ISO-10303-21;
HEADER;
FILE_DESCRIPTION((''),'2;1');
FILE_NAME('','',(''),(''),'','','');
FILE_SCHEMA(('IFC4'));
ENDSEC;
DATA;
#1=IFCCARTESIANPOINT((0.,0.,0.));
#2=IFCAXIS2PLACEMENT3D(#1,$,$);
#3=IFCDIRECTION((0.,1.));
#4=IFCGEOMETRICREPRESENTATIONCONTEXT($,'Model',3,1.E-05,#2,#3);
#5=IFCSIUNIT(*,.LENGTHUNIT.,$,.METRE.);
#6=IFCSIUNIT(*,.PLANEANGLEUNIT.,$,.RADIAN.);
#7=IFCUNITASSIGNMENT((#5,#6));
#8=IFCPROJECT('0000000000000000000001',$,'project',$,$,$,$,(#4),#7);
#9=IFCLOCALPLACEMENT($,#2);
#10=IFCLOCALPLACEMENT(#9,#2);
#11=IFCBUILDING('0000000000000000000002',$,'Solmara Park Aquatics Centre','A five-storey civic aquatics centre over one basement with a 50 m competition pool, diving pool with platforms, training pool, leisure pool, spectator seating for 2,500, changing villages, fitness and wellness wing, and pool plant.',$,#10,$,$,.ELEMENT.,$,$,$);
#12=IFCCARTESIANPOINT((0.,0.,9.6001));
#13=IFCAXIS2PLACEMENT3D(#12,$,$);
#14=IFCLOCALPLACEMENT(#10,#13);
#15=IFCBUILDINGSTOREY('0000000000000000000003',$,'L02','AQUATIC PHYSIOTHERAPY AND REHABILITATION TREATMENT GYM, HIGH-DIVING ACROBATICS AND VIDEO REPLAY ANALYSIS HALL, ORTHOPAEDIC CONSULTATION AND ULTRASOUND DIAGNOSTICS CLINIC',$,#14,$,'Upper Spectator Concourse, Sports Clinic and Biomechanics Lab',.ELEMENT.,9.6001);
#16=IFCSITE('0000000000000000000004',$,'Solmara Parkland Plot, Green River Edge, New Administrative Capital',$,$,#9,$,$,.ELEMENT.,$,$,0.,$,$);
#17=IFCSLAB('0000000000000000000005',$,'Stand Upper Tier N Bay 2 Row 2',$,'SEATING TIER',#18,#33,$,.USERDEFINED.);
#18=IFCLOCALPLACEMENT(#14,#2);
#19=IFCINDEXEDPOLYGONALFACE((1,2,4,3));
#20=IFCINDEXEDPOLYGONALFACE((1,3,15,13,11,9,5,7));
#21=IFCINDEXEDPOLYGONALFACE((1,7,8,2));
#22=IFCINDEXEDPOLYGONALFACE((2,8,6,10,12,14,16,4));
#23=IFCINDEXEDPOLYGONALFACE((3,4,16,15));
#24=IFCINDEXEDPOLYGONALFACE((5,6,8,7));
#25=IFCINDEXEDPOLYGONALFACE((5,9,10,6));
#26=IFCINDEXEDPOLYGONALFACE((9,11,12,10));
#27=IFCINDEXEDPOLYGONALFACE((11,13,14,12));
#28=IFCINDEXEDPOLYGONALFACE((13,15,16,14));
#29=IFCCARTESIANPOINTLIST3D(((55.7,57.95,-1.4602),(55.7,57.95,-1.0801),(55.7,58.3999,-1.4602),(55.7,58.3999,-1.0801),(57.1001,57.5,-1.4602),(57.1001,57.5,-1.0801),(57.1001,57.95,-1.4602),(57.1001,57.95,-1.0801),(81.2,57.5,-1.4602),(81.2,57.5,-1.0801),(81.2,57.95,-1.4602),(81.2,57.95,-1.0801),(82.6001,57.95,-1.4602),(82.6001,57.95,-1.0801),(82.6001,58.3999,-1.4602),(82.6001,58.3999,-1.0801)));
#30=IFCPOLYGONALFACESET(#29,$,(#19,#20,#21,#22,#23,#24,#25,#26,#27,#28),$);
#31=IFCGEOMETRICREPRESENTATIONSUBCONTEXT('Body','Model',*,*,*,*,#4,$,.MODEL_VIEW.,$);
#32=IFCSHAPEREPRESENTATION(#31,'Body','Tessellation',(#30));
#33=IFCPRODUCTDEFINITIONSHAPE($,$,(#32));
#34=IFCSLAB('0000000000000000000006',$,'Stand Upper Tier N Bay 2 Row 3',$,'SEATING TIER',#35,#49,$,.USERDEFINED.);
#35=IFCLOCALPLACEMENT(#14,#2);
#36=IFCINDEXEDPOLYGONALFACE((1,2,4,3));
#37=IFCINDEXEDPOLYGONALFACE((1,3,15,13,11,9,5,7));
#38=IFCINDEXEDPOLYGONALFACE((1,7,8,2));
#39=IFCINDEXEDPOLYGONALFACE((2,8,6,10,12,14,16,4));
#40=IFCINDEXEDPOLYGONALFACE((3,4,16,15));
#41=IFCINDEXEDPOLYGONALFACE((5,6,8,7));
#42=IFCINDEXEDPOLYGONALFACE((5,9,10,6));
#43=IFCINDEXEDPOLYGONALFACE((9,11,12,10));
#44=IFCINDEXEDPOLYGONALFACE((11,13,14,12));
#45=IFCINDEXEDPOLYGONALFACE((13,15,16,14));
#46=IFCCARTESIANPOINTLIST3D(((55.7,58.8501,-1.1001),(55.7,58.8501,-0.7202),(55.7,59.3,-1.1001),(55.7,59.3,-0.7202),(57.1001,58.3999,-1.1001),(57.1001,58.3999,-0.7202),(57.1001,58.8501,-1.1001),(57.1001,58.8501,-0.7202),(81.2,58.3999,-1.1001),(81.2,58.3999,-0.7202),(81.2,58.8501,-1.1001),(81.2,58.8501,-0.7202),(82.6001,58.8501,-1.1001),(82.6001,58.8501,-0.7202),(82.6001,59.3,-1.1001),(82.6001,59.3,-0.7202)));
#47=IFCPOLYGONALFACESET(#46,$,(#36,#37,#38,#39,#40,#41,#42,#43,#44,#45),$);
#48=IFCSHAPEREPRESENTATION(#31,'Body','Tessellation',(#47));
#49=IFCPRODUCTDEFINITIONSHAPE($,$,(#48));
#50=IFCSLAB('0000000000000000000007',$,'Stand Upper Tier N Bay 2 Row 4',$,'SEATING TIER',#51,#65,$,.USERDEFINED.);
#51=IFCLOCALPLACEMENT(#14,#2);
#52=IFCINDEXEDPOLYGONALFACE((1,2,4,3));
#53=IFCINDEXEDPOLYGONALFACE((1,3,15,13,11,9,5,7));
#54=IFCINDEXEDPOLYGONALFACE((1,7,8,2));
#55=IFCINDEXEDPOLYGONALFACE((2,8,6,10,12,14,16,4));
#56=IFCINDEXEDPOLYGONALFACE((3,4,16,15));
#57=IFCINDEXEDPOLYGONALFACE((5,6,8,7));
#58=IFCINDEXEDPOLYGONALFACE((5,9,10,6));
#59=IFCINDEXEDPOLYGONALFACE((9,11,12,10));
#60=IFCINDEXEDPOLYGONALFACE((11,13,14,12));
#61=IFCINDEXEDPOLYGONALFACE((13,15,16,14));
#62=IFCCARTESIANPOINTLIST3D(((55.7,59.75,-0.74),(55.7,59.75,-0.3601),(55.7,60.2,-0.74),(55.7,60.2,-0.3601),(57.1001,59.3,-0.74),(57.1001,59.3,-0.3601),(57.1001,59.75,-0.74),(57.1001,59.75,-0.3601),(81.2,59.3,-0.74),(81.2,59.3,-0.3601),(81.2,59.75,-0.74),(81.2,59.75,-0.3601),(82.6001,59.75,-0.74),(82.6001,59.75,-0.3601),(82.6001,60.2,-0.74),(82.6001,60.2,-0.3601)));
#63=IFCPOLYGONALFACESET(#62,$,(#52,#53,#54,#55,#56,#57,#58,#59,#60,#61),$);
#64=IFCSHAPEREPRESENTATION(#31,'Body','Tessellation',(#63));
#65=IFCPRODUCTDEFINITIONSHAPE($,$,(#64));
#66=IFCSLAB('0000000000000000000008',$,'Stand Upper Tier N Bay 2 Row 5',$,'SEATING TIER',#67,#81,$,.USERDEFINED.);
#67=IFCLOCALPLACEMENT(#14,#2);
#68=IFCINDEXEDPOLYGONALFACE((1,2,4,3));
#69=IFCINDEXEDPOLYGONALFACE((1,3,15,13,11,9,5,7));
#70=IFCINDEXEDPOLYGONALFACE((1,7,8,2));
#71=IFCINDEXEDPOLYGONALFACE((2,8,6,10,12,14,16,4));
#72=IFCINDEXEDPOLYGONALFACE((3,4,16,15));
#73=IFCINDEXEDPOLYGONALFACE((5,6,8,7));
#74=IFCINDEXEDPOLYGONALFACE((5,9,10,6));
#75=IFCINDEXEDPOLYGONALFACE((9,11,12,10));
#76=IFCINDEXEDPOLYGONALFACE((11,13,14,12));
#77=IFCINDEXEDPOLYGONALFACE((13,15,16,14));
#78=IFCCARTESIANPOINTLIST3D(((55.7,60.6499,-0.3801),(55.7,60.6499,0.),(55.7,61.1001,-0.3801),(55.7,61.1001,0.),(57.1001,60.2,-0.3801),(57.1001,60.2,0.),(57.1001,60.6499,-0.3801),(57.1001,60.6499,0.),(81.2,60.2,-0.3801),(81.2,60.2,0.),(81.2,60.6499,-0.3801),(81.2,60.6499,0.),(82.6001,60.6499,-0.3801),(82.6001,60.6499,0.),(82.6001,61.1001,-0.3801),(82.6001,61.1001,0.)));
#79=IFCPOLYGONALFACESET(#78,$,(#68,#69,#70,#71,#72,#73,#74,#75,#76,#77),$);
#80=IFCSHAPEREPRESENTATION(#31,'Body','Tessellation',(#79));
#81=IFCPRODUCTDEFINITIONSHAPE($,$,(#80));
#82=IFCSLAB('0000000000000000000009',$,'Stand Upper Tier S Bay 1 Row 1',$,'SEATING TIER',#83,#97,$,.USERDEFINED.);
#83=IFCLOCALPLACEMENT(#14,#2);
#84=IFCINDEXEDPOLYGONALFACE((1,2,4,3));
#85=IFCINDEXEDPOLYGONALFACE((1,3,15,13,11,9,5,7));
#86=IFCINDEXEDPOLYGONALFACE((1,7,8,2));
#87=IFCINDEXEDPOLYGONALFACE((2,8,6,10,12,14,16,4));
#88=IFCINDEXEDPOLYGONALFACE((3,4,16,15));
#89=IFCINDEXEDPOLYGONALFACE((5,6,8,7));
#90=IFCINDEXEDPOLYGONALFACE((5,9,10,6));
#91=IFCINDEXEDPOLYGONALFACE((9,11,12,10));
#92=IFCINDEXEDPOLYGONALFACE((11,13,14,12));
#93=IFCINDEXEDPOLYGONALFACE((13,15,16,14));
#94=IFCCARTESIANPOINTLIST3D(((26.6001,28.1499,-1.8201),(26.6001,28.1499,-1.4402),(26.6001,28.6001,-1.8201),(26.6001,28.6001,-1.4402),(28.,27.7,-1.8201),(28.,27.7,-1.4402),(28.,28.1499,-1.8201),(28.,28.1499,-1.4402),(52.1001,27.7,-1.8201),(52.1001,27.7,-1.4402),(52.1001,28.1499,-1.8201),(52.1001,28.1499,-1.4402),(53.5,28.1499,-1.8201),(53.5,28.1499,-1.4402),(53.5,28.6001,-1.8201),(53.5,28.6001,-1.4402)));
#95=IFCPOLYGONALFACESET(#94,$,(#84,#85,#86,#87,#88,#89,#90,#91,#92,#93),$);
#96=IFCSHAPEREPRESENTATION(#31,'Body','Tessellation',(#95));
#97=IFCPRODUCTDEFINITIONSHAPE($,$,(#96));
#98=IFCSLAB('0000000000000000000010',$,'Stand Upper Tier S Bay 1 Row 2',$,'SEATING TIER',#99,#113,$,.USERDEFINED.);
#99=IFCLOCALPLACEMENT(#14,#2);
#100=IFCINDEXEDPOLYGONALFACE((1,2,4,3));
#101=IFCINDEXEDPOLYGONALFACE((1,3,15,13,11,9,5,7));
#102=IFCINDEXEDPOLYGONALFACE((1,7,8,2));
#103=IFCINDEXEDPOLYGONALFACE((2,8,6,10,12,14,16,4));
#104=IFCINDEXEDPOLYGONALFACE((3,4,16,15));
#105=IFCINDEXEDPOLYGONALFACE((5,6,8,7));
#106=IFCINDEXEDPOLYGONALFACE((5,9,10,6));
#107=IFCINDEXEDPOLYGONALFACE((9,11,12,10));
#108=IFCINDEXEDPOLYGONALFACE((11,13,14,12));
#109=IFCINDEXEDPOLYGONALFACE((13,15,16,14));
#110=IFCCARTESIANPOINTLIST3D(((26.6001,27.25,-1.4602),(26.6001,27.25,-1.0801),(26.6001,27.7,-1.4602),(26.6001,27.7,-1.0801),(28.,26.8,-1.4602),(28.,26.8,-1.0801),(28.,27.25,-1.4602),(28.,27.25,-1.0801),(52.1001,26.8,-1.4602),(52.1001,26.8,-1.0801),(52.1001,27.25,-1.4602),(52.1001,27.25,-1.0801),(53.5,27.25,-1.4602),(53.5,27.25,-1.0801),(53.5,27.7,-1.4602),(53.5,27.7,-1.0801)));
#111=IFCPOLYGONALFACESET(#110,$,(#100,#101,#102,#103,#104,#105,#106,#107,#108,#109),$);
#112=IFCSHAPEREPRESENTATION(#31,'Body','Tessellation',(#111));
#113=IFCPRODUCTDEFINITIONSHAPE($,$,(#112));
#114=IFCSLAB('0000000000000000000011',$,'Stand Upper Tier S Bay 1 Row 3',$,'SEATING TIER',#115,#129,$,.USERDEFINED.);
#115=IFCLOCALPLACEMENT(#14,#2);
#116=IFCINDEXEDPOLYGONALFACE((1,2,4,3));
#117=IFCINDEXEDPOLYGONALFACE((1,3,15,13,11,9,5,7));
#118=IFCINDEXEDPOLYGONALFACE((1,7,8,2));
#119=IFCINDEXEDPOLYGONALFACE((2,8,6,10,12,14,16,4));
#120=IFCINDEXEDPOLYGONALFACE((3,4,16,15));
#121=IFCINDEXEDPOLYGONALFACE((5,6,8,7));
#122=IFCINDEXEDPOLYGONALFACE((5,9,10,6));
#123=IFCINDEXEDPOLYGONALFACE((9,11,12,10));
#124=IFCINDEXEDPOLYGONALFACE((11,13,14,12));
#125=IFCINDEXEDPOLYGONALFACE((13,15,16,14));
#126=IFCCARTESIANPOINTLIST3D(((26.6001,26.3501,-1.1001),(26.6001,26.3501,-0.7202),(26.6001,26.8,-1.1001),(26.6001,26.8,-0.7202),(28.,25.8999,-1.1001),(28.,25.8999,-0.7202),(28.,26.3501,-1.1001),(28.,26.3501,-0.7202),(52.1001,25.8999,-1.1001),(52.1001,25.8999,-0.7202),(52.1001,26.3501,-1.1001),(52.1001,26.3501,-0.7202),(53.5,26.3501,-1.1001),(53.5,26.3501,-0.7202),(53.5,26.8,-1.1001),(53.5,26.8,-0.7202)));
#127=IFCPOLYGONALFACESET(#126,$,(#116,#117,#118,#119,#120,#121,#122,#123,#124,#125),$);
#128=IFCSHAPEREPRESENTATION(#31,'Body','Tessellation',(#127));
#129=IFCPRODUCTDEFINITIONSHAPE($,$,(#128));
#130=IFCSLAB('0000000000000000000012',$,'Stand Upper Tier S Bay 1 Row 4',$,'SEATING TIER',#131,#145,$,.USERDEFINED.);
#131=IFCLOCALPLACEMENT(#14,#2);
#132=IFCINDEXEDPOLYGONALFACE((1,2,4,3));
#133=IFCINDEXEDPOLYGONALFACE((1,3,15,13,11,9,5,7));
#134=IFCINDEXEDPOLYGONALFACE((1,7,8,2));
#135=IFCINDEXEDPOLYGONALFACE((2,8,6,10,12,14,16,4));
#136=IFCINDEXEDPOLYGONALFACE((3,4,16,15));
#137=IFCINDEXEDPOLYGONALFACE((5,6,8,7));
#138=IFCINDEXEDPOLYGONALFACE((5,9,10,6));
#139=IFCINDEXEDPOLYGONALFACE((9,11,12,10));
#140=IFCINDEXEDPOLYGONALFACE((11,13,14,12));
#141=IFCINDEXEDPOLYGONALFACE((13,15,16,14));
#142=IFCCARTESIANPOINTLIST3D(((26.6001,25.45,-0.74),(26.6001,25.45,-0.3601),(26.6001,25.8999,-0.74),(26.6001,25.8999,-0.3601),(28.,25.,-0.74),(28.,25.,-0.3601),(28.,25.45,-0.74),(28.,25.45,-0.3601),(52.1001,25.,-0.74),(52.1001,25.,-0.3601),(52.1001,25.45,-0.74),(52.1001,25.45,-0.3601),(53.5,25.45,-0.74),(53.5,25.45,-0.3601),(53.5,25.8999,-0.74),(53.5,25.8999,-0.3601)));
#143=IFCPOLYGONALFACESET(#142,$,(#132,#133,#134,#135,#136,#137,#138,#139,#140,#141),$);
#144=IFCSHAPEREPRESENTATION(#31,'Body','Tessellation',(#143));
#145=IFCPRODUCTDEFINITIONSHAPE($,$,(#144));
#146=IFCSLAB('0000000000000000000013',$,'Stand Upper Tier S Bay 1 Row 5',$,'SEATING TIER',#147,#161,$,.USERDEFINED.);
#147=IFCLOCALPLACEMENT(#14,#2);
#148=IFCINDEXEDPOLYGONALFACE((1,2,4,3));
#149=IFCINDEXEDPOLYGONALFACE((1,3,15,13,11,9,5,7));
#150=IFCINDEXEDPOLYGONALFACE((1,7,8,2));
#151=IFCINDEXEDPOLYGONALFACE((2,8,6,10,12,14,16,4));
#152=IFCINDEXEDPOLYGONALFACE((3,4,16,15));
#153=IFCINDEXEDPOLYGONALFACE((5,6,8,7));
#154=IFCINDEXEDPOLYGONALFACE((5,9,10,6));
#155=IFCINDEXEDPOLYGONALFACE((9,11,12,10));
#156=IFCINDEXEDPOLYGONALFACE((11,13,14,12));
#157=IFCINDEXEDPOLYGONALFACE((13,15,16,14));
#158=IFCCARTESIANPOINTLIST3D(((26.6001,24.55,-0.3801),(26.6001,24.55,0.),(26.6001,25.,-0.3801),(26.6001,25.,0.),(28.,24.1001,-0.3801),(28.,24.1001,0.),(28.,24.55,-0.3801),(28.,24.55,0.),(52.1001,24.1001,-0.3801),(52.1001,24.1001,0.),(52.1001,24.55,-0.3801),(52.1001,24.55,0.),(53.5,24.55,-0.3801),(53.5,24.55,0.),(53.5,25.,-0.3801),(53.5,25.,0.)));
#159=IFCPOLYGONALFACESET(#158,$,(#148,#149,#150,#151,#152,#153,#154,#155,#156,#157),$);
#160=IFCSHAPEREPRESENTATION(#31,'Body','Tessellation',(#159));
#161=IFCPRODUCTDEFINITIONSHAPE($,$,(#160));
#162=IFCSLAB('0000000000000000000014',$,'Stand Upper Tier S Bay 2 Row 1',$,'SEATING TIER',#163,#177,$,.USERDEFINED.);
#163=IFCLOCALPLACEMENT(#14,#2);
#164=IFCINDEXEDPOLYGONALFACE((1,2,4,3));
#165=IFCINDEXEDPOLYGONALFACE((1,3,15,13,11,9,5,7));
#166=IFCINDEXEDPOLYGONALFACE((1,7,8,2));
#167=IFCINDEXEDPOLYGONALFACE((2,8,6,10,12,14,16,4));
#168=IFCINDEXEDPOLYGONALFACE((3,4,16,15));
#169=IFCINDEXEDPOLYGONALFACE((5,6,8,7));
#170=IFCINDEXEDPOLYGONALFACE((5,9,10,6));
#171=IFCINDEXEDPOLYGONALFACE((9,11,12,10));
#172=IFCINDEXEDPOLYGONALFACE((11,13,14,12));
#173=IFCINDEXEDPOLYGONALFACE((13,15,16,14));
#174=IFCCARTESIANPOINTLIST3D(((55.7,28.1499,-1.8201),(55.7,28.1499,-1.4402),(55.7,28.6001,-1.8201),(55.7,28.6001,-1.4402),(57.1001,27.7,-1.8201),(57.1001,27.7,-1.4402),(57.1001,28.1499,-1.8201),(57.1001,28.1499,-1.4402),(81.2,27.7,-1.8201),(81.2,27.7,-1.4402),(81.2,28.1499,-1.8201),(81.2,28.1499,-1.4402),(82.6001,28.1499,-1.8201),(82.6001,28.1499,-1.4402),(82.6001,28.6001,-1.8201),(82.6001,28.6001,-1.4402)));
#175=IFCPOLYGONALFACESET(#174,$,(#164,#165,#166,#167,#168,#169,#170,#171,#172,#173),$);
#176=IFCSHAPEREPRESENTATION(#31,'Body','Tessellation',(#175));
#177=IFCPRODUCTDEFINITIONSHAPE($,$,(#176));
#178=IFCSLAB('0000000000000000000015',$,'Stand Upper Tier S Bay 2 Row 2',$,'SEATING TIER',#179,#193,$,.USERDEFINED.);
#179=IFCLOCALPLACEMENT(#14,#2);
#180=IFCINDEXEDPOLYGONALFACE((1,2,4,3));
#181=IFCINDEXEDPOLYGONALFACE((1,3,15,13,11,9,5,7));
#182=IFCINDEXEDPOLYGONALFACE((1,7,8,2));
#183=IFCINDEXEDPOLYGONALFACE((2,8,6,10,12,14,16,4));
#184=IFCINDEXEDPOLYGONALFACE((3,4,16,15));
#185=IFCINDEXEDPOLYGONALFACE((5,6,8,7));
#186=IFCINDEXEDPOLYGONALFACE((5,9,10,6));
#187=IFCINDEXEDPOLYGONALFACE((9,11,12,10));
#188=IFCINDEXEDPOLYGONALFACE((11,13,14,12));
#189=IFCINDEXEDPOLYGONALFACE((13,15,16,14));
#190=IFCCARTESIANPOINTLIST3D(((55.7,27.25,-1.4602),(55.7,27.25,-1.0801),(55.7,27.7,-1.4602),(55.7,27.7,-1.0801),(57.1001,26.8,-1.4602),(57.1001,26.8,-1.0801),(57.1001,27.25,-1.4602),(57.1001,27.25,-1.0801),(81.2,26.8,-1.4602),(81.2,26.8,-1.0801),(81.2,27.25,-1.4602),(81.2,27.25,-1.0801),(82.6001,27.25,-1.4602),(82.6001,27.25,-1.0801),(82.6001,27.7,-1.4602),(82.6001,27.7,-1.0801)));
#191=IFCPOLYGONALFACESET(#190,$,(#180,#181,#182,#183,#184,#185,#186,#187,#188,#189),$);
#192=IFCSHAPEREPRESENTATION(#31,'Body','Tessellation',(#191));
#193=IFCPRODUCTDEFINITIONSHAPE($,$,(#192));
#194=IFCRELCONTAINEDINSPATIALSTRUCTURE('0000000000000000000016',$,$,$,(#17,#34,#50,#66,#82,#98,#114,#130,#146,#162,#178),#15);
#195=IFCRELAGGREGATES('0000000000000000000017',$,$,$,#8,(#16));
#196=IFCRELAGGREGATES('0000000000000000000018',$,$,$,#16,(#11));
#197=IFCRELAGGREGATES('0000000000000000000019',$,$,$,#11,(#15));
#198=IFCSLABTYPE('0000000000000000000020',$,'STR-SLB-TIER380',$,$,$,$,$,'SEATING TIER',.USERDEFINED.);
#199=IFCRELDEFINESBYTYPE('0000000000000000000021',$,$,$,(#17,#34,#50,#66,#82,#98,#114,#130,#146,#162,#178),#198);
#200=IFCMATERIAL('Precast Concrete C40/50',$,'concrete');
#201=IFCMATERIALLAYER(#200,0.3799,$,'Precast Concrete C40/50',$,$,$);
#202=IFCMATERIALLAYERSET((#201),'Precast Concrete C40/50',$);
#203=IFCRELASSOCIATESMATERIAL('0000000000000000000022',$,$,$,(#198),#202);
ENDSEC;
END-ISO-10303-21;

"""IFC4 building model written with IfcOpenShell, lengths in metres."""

from ifc_helpers import new_model, si_unit, direction, frame, origin, place, context, subcontext, project, spatial, polyline, outline, extrude, material, layer, layer_set, type_object, element, save


model = new_model("IFC4")

# Units and contexts
model_context = context("Model", 3, precision=1e-05, world=origin(), true_north=direction((0.0, 1.0)))
body_context = subcontext(model_context, "Body", "Model", "MODEL_VIEW")
ifc_project = project(units=[si_unit("LENGTHUNIT", "METRE"), si_unit("PLANEANGLEUNIT", "RADIAN")], contexts=[model_context])

# Site, building, storey
site_placement = place(None, origin())
site = spatial("IfcSite", under=ifc_project, at=site_placement, Name="Solmara Parkland Plot, Green River Edge, New Administrative Capital", CompositionType="ELEMENT", RefElevation=0.0)
building_placement = place(site_placement, origin())
building = spatial("IfcBuilding", under=site, at=building_placement, Name="Solmara Park Aquatics Centre", Description="A five-storey civic aquatics centre over one basement with a 50 m competition pool, diving pool with platforms, training pool, leisure pool, spectator seating for 2,500, changing villages, fitness and wellness wing, and pool plant.", CompositionType="ELEMENT")
storey_placement = place(building_placement, frame((0.0, 0.0, 9.6001)))
storey = spatial("IfcBuildingStorey", under=building, at=storey_placement, Name="L02", Description="AQUATIC PHYSIOTHERAPY AND REHABILITATION TREATMENT GYM, HIGH-DIVING ACROBATICS AND VIDEO REPLAY ANALYSIS HALL, ORTHOPAEDIC CONSULTATION AND ULTRASOUND DIAGNOSTICS CLINIC", LongName="Upper Spectator Concourse, Sports Clinic and Biomechanics Lab", CompositionType="ELEMENT", Elevation=9.6001)

# Slabs
ifc_material_1 = material(Name="Precast Concrete C40/50", Category="concrete")
ifc_layer_1 = layer(ifc_material_1, 0.3799, Name="Precast Concrete C40/50")
ifc_layer_set_1 = layer_set([ifc_layer_1], Name="Precast Concrete C40/50")
slab_type_1 = type_object("IfcSlabType", Name="STR-SLB-TIER380", ElementType="SEATING TIER", PredefinedType="USERDEFINED", material=ifc_layer_set_1)
slab_1_placement = place(storey_placement, frame((0.0, 0.0, -1.4602)))
element("IfcSlab", 1, at=slab_1_placement, inside=storey, type_object=slab_type_1, Name="Stand Upper Tier N Bay 2 Row 2", ObjectType="SEATING TIER", PredefinedType="USERDEFINED", context=body_context, shape_type="SweptSolid", body=[
    extrude(outline(polyline([(57.1001, 57.5), (81.2, 57.5), (81.2, 57.95), (82.6001, 57.95), (82.6001, 58.3999), (55.7, 58.3999), (55.7, 57.95), (57.1001, 57.95), (57.1001, 57.5)])), origin(), (0.0, 0.0, 1.0), 0.3801),
])
slab_2_placement = place(storey_placement, frame((0.0, 0.0, -1.1001)))
element("IfcSlab", 2, at=slab_2_placement, inside=storey, type_object=slab_type_1, Name="Stand Upper Tier N Bay 2 Row 3", ObjectType="SEATING TIER", PredefinedType="USERDEFINED", context=body_context, shape_type="SweptSolid", body=[
    extrude(outline(polyline([(57.1001, 58.3999), (81.2, 58.3999), (81.2, 58.8501), (82.6001, 58.8501), (82.6001, 59.3), (55.7, 59.3), (55.7, 58.8501), (57.1001, 58.8501), (57.1001, 58.3999)])), origin(), (0.0, 0.0, 1.0), 0.3799),
])
slab_3_placement = place(storey_placement, frame((0.0, 0.0, -0.74)))
element("IfcSlab", 3, at=slab_3_placement, inside=storey, type_object=slab_type_1, Name="Stand Upper Tier N Bay 2 Row 4", ObjectType="SEATING TIER", PredefinedType="USERDEFINED", context=body_context, shape_type="SweptSolid", body=[
    extrude(outline(polyline([(57.1001, 59.3), (81.2, 59.3), (81.2, 59.75), (82.6001, 59.75), (82.6001, 60.2), (55.7, 60.2), (55.7, 59.75), (57.1001, 59.75), (57.1001, 59.3)])), origin(), (0.0, 0.0, 1.0), 0.3799),
])
slab_4_placement = place(storey_placement, frame((0.0, 0.0, -0.3801)))
element("IfcSlab", 4, at=slab_4_placement, inside=storey, type_object=slab_type_1, Name="Stand Upper Tier N Bay 2 Row 5", ObjectType="SEATING TIER", PredefinedType="USERDEFINED", context=body_context, shape_type="SweptSolid", body=[
    extrude(outline(polyline([(57.1001, 60.2), (81.2, 60.2), (81.2, 60.6499), (82.6001, 60.6499), (82.6001, 61.1001), (55.7, 61.1001), (55.7, 60.6499), (57.1001, 60.6499), (57.1001, 60.2)])), origin(), (0.0, 0.0, 1.0), 0.3801),
])
slab_5_placement = place(storey_placement, frame((0.0, 0.0, -1.8201)))
element("IfcSlab", 5, at=slab_5_placement, inside=storey, type_object=slab_type_1, Name="Stand Upper Tier S Bay 1 Row 1", ObjectType="SEATING TIER", PredefinedType="USERDEFINED", context=body_context, shape_type="SweptSolid", body=[
    extrude(outline(polyline([(28.0, 27.7), (52.1001, 27.7), (52.1001, 28.1499), (53.5, 28.1499), (53.5, 28.6001), (26.6001, 28.6001), (26.6001, 28.1499), (28.0, 28.1499), (28.0, 27.7)])), origin(), (0.0, 0.0, 1.0), 0.3799),
])
slab_6_placement = place(storey_placement, frame((0.0, 0.0, -1.4602)))
element("IfcSlab", 6, at=slab_6_placement, inside=storey, type_object=slab_type_1, Name="Stand Upper Tier S Bay 1 Row 2", ObjectType="SEATING TIER", PredefinedType="USERDEFINED", context=body_context, shape_type="SweptSolid", body=[
    extrude(outline(polyline([(28.0, 26.8), (52.1001, 26.8), (52.1001, 27.25), (53.5, 27.25), (53.5, 27.7), (26.6001, 27.7), (26.6001, 27.25), (28.0, 27.25), (28.0, 26.8)])), origin(), (0.0, 0.0, 1.0), 0.3801),
])
slab_7_placement = place(storey_placement, frame((0.0, 0.0, -1.1001)))
element("IfcSlab", 7, at=slab_7_placement, inside=storey, type_object=slab_type_1, Name="Stand Upper Tier S Bay 1 Row 3", ObjectType="SEATING TIER", PredefinedType="USERDEFINED", context=body_context, shape_type="SweptSolid", body=[
    extrude(outline(polyline([(28.0, 25.8999), (52.1001, 25.8999), (52.1001, 26.3501), (53.5, 26.3501), (53.5, 26.8), (26.6001, 26.8), (26.6001, 26.3501), (28.0, 26.3501), (28.0, 25.8999)])), origin(), (0.0, 0.0, 1.0), 0.3799),
])
slab_8_placement = place(storey_placement, frame((0.0, 0.0, -0.74)))
element("IfcSlab", 8, at=slab_8_placement, inside=storey, type_object=slab_type_1, Name="Stand Upper Tier S Bay 1 Row 4", ObjectType="SEATING TIER", PredefinedType="USERDEFINED", context=body_context, shape_type="SweptSolid", body=[
    extrude(outline(polyline([(28.0, 25.0), (52.1001, 25.0), (52.1001, 25.45), (53.5, 25.45), (53.5, 25.8999), (26.6001, 25.8999), (26.6001, 25.45), (28.0, 25.45), (28.0, 25.0)])), origin(), (0.0, 0.0, 1.0), 0.3799),
])
slab_9_placement = place(storey_placement, frame((0.0, 0.0, -0.3801)))
element("IfcSlab", 9, at=slab_9_placement, inside=storey, type_object=slab_type_1, Name="Stand Upper Tier S Bay 1 Row 5", ObjectType="SEATING TIER", PredefinedType="USERDEFINED", context=body_context, shape_type="SweptSolid", body=[
    extrude(outline(polyline([(28.0, 24.1001), (52.1001, 24.1001), (52.1001, 24.55), (53.5, 24.55), (53.5, 25.0), (26.6001, 25.0), (26.6001, 24.55), (28.0, 24.55), (28.0, 24.1001)])), origin(), (0.0, 0.0, 1.0), 0.3801),
])
slab_10_placement = place(storey_placement, frame((0.0, 0.0, -1.8201)))
element("IfcSlab", 10, at=slab_10_placement, inside=storey, type_object=slab_type_1, Name="Stand Upper Tier S Bay 2 Row 1", ObjectType="SEATING TIER", PredefinedType="USERDEFINED", context=body_context, shape_type="SweptSolid", body=[
    extrude(outline(polyline([(57.1001, 27.7), (81.2, 27.7), (81.2, 28.1499), (82.6001, 28.1499), (82.6001, 28.6001), (55.7, 28.6001), (55.7, 28.1499), (57.1001, 28.1499), (57.1001, 27.7)])), origin(), (0.0, 0.0, 1.0), 0.3799),
])
slab_11_placement = place(storey_placement, frame((0.0, 0.0, -1.4602)))
element("IfcSlab", 11, at=slab_11_placement, inside=storey, type_object=slab_type_1, Name="Stand Upper Tier S Bay 2 Row 2", ObjectType="SEATING TIER", PredefinedType="USERDEFINED", context=body_context, shape_type="SweptSolid", body=[
    extrude(outline(polyline([(57.1001, 26.8), (81.2, 26.8), (81.2, 27.25), (82.6001, 27.25), (82.6001, 27.7), (55.7, 27.7), (55.7, 27.25), (57.1001, 27.25), (57.1001, 26.8)])), origin(), (0.0, 0.0, 1.0), 0.3801),
])

save(model, "model.ifc")
